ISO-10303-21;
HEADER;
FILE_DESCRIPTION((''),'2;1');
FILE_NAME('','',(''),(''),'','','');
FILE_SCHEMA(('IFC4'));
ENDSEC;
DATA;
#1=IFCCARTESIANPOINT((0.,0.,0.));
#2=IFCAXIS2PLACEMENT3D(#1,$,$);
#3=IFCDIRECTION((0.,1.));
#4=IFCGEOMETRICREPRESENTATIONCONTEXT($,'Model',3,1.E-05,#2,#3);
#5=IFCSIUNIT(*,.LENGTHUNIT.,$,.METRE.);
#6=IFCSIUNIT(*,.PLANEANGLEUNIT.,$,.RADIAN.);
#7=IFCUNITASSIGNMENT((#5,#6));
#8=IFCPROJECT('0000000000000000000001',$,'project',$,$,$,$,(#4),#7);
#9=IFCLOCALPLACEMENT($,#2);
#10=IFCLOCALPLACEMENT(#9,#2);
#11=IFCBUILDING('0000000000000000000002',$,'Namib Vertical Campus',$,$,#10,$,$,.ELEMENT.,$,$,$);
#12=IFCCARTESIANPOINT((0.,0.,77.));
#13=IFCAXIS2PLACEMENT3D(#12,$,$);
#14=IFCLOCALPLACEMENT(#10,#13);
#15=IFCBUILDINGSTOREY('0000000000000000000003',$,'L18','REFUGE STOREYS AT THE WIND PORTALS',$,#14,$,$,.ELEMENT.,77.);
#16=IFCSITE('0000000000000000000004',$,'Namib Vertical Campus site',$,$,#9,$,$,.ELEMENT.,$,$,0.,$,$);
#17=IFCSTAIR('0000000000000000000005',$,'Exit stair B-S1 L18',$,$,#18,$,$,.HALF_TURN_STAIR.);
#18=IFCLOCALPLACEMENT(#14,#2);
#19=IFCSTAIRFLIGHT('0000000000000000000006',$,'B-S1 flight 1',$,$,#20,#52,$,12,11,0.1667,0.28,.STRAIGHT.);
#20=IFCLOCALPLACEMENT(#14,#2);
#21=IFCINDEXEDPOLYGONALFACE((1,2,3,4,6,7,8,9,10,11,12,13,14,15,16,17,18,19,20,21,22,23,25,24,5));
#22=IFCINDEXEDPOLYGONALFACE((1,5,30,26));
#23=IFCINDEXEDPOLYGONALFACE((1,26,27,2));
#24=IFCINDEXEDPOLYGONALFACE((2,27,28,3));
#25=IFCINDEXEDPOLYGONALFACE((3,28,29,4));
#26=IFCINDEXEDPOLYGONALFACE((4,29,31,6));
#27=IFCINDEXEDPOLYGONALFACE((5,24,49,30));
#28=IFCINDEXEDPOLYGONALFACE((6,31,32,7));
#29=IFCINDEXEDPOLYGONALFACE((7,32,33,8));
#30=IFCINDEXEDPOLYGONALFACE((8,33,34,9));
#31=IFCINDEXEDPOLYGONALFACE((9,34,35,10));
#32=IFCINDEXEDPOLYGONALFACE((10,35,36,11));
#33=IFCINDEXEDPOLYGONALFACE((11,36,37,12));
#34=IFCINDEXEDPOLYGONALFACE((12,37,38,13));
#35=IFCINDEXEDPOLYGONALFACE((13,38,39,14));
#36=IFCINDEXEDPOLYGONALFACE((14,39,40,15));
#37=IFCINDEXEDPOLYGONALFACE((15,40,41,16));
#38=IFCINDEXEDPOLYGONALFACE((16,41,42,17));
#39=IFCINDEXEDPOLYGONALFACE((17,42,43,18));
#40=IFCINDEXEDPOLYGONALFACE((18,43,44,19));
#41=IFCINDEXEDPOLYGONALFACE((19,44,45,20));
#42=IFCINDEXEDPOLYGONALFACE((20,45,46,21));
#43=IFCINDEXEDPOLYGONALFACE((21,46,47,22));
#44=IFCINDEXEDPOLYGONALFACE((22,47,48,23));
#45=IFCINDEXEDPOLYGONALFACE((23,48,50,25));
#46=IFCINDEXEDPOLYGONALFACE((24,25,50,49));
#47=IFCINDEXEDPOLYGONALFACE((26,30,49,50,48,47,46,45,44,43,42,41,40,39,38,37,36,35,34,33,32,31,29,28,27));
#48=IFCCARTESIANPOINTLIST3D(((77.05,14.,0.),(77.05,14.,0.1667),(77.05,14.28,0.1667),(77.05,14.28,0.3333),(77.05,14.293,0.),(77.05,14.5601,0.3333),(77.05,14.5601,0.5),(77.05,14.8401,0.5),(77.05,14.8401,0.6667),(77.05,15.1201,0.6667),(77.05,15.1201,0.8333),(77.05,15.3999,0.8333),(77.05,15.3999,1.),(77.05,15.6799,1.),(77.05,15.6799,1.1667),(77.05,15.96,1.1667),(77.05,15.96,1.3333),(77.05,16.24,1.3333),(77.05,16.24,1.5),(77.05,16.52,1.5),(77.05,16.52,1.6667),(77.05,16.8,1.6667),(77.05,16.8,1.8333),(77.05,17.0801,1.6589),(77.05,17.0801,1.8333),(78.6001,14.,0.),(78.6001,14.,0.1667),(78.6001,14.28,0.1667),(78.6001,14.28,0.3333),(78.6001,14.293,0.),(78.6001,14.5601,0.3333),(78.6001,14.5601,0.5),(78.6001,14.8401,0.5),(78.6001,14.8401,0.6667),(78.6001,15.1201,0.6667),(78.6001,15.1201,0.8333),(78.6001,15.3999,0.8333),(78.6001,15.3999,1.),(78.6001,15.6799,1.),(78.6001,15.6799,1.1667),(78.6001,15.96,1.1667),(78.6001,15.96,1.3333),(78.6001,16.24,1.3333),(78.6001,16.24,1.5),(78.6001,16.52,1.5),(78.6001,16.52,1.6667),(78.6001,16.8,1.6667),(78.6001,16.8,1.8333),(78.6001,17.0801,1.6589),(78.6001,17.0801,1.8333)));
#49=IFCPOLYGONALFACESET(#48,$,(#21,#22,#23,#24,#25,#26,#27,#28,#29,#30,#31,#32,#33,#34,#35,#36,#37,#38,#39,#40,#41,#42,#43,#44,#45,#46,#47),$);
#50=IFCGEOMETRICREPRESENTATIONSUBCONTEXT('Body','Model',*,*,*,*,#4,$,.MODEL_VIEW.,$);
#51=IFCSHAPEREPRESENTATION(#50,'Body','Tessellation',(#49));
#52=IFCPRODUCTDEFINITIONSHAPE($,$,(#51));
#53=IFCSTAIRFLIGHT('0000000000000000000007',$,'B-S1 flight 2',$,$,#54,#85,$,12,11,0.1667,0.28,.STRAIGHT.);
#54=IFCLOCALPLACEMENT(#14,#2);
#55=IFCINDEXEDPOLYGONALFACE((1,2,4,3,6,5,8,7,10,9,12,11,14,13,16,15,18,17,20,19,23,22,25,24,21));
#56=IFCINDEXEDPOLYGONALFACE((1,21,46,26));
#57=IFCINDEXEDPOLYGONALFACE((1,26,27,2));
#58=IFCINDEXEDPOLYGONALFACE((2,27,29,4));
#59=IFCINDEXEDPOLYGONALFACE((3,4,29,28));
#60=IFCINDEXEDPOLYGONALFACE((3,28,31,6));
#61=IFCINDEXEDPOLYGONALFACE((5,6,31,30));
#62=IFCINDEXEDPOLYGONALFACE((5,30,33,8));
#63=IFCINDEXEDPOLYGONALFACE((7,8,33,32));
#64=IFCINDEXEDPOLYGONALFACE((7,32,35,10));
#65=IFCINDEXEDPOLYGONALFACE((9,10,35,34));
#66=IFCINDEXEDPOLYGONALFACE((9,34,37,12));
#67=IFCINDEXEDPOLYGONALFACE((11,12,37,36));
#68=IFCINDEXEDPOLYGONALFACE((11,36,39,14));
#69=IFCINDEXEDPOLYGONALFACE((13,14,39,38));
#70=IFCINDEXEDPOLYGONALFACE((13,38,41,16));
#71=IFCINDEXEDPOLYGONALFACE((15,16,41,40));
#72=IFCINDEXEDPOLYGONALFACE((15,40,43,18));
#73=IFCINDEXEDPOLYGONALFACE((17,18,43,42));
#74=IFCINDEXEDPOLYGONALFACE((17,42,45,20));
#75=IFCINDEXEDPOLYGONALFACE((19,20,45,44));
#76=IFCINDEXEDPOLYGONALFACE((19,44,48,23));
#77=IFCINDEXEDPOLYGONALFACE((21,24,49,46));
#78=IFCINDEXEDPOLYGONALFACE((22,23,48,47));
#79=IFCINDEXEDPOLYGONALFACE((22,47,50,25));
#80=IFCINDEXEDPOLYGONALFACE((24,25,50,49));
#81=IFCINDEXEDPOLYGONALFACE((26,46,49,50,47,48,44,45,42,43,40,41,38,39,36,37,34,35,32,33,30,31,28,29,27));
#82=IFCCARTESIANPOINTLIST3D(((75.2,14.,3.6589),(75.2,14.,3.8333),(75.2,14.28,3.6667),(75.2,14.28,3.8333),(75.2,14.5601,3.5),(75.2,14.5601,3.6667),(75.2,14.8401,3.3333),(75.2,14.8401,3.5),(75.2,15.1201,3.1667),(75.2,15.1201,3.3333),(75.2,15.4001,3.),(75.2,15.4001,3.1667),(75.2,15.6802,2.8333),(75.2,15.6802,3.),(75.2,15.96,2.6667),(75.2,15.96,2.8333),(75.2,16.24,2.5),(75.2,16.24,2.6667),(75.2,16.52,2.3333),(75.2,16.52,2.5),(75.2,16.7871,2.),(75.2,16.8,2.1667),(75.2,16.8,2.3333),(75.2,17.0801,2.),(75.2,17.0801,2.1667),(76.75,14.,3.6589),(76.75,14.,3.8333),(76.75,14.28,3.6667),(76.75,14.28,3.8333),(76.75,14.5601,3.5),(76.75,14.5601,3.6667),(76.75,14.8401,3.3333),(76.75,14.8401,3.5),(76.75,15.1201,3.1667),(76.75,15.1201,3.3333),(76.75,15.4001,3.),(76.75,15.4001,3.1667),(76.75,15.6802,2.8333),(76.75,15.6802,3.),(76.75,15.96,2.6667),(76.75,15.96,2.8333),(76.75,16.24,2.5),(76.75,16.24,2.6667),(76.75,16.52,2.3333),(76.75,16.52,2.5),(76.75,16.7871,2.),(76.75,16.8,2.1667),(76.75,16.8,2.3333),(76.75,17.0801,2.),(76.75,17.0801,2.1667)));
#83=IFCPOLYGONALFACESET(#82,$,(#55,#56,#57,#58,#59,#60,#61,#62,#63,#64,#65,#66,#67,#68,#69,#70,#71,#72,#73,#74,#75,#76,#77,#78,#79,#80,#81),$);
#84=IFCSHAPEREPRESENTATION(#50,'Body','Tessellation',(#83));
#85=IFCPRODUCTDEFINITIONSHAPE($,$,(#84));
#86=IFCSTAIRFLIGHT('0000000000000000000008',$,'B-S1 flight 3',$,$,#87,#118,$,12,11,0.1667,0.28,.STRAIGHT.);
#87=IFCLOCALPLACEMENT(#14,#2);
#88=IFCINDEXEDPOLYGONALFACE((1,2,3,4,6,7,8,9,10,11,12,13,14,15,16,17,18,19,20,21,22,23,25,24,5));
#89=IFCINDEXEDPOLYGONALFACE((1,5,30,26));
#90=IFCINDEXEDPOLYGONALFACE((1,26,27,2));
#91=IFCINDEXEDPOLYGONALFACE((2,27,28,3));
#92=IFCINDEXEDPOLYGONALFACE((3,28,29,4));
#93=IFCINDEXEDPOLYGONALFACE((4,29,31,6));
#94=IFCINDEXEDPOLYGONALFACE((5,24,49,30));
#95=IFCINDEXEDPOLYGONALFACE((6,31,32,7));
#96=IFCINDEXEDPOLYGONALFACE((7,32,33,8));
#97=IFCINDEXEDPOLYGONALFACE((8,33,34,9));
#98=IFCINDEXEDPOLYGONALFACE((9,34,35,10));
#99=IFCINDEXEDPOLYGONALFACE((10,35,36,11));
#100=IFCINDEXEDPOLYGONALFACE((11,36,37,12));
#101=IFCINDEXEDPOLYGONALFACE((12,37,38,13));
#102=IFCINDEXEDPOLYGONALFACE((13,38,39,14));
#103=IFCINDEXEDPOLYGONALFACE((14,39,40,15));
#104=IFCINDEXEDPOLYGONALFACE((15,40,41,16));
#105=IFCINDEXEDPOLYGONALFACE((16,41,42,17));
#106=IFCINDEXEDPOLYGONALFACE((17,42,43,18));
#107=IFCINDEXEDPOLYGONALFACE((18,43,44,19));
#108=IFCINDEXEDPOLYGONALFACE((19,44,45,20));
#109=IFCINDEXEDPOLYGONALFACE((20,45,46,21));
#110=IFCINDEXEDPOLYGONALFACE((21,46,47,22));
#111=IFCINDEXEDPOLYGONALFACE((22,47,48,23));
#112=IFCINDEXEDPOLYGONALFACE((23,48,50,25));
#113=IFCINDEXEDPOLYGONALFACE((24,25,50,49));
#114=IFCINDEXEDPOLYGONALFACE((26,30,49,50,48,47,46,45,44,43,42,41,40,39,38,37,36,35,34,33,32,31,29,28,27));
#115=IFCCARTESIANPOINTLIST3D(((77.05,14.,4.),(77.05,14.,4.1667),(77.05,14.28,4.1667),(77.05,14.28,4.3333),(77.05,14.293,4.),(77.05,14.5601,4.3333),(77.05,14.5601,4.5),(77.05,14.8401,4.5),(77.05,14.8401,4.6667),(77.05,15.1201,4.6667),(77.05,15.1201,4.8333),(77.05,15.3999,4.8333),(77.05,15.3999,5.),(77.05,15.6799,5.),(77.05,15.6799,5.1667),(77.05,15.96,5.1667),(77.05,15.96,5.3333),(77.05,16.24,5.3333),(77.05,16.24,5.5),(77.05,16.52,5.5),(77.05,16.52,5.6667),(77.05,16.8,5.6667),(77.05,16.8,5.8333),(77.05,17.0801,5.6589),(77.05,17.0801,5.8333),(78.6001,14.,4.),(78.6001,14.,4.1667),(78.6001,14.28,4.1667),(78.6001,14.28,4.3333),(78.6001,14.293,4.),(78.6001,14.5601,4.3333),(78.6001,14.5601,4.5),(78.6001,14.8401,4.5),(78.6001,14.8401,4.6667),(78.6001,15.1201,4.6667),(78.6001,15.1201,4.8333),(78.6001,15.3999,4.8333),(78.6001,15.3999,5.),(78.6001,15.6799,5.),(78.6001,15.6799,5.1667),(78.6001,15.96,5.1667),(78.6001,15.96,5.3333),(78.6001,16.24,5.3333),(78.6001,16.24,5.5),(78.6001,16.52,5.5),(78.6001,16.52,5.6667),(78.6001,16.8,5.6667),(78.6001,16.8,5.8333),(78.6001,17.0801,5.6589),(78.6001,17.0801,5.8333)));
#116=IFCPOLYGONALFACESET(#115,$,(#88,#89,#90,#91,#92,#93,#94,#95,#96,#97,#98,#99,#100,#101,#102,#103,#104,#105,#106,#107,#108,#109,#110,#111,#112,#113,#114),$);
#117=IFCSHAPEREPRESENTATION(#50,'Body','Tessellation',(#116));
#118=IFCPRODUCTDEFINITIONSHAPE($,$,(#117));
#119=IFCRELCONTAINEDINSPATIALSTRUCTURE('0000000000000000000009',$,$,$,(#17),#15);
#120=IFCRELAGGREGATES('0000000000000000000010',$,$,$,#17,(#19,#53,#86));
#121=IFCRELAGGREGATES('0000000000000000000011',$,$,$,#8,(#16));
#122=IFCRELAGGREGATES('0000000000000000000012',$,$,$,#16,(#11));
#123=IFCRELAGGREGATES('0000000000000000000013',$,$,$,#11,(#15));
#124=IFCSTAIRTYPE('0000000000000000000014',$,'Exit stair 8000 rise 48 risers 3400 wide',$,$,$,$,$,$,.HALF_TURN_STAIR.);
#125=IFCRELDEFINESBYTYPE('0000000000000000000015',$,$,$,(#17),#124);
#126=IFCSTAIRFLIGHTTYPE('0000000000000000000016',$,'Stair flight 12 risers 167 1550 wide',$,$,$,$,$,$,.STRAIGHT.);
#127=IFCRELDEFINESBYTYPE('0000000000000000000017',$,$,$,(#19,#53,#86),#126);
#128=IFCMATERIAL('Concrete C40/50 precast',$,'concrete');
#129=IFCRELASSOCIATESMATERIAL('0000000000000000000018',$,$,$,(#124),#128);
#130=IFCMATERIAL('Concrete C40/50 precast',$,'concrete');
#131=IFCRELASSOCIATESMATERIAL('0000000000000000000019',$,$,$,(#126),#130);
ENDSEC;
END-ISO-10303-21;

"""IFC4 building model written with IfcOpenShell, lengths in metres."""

from ifc_helpers import new_model, si_unit, direction, frame, origin, place, context, subcontext, project, spatial, polyline, outline, extrude, material, type_object, element, aggregate, save


model = new_model("IFC4")

# Units and contexts
model_context = context("Model", 3, precision=1e-05, world=origin(), true_north=direction((0.0, 1.0)))
body_context = subcontext(model_context, "Body", "Model", "MODEL_VIEW")
ifc_project = project(units=[si_unit("LENGTHUNIT", "METRE"), si_unit("PLANEANGLEUNIT", "RADIAN")], contexts=[model_context])

# Site, building, storey
site_placement = place(None, origin())
site = spatial("IfcSite", under=ifc_project, at=site_placement, Name="Namib Vertical Campus site", CompositionType="ELEMENT", RefElevation=0.0)
building_placement = place(site_placement, origin())
building = spatial("IfcBuilding", under=site, at=building_placement, Name="Namib Vertical Campus", CompositionType="ELEMENT")
storey_placement = place(building_placement, frame((0.0, 0.0, 77.0)))
storey = spatial("IfcBuildingStorey", under=building, at=storey_placement, Name="L18", Description="REFUGE STOREYS AT THE WIND PORTALS", CompositionType="ELEMENT", Elevation=77.0)

# Stair, stair flights
ifc_material_1 = material(Name="Concrete C40/50 precast", Category="concrete")
stair_type = type_object("IfcStairType", Name="Exit stair 8000 rise 48 risers 3400 wide", PredefinedType="HALF_TURN_STAIR", material=ifc_material_1)
stair_placement = place(storey_placement, origin())
stair = element("IfcStair", 1, at=stair_placement, inside=storey, type_object=stair_type, Name="Exit stair B-S1 L18", PredefinedType="HALF_TURN_STAIR")
ifc_material_2 = material(Name="Concrete C40/50 precast", Category="concrete")
stair_flight_type = type_object("IfcStairFlightType", Name="Stair flight 12 risers 167 1550 wide", PredefinedType="STRAIGHT", material=ifc_material_2)
stair_flight_1_placement = place(storey_placement, frame((77.825, 14.0, 0.0), z_axis=(0.0, 0.0, 1.0), x_axis=(0.0, 1.0, 0.0)))
stair_flight_1 = element("IfcStairFlight", 2, at=stair_flight_1_placement, type_object=stair_flight_type, Name="B-S1 flight 1", NumberOfRisers=12, NumberOfTreads=11, PredefinedType="STRAIGHT", RiserHeight=0.1667, TreadLength=0.28, context=body_context, shape_type="SweptSolid", body=[
    extrude(outline(polyline([(0.0, 0.0), (0.0, 0.1667), (0.28, 0.1667), (0.28, 0.3333), (0.5601, 0.3333), (0.5601, 0.5), (0.8401, 0.5), (0.8401, 0.6667), (1.1201, 0.6667), (1.1201, 0.8333), (1.3999, 0.8333), (1.3999, 1.0), (1.6799, 1.0), (1.6799, 1.1667), (1.96, 1.1667), (1.96, 1.3333), (2.24, 1.3333), (2.24, 1.5), (2.52, 1.5), (2.52, 1.6667), (2.8, 1.6667), (2.8, 1.8333), (3.0801, 1.8333), (3.0801, 2.0), (3.0801, 1.6589), (0.293, 0.0), (0.0, 0.0)])), frame((0.0, 0.7749, 0.0), z_axis=(0.0, -1.0, 0.0), x_axis=(1.0, 0.0, 0.0)), (0.0, 0.0, 1.0), 1.55),
])
stair_flight_2_placement = place(storey_placement, frame((75.9751, 17.0801, 2.0), z_axis=(0.0, 0.0, 1.0), x_axis=(0.0, -1.0, 0.0)))
stair_flight_2 = element("IfcStairFlight", 3, at=stair_flight_2_placement, type_object=stair_flight_type, Name="B-S1 flight 2", NumberOfRisers=12, NumberOfTreads=11, PredefinedType="STRAIGHT", RiserHeight=0.1667, TreadLength=0.28, context=body_context, shape_type="SweptSolid", body=[
    extrude(outline(polyline([(0.0, 0.0), (0.0, 0.1667), (0.28, 0.1667), (0.28, 0.3333), (0.5601, 0.3333), (0.5601, 0.5), (0.8401, 0.5), (0.8401, 0.6667), (1.1201, 0.6667), (1.1201, 0.8333), (1.3999, 0.8333), (1.3999, 1.0), (1.6799, 1.0), (1.6799, 1.1667), (1.96, 1.1667), (1.96, 1.3333), (2.24, 1.3333), (2.24, 1.5), (2.52, 1.5), (2.52, 1.6667), (2.8, 1.6667), (2.8, 1.8333), (3.0801, 1.8333), (3.0801, 2.0), (3.0801, 1.6589), (0.293, 0.0), (0.0, 0.0)])), frame((0.0, 0.7749, 0.0), z_axis=(0.0, -1.0, 0.0), x_axis=(1.0, 0.0, 0.0)), (0.0, 0.0, 1.0), 1.55),
])
stair_flight_3_placement = place(storey_placement, frame((77.825, 14.0, 4.0), z_axis=(0.0, 0.0, 1.0), x_axis=(0.0, 1.0, 0.0)))
stair_flight_3 = element("IfcStairFlight", 4, at=stair_flight_3_placement, type_object=stair_flight_type, Name="B-S1 flight 3", NumberOfRisers=12, NumberOfTreads=11, PredefinedType="STRAIGHT", RiserHeight=0.1667, TreadLength=0.28, context=body_context, shape_type="SweptSolid", body=[
    extrude(outline(polyline([(0.0, 0.0), (0.0, 0.1667), (0.28, 0.1667), (0.28, 0.3333), (0.5601, 0.3333), (0.5601, 0.5), (0.8401, 0.5), (0.8401, 0.6667), (1.1201, 0.6667), (1.1201, 0.8333), (1.3999, 0.8333), (1.3999, 1.0), (1.6799, 1.0), (1.6799, 1.1667), (1.96, 1.1667), (1.96, 1.3333), (2.24, 1.3333), (2.24, 1.5), (2.52, 1.5), (2.52, 1.6667), (2.8, 1.6667), (2.8, 1.8333), (3.0801, 1.8333), (3.0801, 2.0), (3.0801, 1.6589), (0.293, 0.0), (0.0, 0.0)])), frame((0.0, 0.7749, 0.0), z_axis=(0.0, -1.0, 0.0), x_axis=(1.0, 0.0, 0.0)), (0.0, 0.0, 1.0), 1.55),
])
aggregate(stair, [stair_flight_1, stair_flight_2, stair_flight_3])

save(model, "model.ifc")
